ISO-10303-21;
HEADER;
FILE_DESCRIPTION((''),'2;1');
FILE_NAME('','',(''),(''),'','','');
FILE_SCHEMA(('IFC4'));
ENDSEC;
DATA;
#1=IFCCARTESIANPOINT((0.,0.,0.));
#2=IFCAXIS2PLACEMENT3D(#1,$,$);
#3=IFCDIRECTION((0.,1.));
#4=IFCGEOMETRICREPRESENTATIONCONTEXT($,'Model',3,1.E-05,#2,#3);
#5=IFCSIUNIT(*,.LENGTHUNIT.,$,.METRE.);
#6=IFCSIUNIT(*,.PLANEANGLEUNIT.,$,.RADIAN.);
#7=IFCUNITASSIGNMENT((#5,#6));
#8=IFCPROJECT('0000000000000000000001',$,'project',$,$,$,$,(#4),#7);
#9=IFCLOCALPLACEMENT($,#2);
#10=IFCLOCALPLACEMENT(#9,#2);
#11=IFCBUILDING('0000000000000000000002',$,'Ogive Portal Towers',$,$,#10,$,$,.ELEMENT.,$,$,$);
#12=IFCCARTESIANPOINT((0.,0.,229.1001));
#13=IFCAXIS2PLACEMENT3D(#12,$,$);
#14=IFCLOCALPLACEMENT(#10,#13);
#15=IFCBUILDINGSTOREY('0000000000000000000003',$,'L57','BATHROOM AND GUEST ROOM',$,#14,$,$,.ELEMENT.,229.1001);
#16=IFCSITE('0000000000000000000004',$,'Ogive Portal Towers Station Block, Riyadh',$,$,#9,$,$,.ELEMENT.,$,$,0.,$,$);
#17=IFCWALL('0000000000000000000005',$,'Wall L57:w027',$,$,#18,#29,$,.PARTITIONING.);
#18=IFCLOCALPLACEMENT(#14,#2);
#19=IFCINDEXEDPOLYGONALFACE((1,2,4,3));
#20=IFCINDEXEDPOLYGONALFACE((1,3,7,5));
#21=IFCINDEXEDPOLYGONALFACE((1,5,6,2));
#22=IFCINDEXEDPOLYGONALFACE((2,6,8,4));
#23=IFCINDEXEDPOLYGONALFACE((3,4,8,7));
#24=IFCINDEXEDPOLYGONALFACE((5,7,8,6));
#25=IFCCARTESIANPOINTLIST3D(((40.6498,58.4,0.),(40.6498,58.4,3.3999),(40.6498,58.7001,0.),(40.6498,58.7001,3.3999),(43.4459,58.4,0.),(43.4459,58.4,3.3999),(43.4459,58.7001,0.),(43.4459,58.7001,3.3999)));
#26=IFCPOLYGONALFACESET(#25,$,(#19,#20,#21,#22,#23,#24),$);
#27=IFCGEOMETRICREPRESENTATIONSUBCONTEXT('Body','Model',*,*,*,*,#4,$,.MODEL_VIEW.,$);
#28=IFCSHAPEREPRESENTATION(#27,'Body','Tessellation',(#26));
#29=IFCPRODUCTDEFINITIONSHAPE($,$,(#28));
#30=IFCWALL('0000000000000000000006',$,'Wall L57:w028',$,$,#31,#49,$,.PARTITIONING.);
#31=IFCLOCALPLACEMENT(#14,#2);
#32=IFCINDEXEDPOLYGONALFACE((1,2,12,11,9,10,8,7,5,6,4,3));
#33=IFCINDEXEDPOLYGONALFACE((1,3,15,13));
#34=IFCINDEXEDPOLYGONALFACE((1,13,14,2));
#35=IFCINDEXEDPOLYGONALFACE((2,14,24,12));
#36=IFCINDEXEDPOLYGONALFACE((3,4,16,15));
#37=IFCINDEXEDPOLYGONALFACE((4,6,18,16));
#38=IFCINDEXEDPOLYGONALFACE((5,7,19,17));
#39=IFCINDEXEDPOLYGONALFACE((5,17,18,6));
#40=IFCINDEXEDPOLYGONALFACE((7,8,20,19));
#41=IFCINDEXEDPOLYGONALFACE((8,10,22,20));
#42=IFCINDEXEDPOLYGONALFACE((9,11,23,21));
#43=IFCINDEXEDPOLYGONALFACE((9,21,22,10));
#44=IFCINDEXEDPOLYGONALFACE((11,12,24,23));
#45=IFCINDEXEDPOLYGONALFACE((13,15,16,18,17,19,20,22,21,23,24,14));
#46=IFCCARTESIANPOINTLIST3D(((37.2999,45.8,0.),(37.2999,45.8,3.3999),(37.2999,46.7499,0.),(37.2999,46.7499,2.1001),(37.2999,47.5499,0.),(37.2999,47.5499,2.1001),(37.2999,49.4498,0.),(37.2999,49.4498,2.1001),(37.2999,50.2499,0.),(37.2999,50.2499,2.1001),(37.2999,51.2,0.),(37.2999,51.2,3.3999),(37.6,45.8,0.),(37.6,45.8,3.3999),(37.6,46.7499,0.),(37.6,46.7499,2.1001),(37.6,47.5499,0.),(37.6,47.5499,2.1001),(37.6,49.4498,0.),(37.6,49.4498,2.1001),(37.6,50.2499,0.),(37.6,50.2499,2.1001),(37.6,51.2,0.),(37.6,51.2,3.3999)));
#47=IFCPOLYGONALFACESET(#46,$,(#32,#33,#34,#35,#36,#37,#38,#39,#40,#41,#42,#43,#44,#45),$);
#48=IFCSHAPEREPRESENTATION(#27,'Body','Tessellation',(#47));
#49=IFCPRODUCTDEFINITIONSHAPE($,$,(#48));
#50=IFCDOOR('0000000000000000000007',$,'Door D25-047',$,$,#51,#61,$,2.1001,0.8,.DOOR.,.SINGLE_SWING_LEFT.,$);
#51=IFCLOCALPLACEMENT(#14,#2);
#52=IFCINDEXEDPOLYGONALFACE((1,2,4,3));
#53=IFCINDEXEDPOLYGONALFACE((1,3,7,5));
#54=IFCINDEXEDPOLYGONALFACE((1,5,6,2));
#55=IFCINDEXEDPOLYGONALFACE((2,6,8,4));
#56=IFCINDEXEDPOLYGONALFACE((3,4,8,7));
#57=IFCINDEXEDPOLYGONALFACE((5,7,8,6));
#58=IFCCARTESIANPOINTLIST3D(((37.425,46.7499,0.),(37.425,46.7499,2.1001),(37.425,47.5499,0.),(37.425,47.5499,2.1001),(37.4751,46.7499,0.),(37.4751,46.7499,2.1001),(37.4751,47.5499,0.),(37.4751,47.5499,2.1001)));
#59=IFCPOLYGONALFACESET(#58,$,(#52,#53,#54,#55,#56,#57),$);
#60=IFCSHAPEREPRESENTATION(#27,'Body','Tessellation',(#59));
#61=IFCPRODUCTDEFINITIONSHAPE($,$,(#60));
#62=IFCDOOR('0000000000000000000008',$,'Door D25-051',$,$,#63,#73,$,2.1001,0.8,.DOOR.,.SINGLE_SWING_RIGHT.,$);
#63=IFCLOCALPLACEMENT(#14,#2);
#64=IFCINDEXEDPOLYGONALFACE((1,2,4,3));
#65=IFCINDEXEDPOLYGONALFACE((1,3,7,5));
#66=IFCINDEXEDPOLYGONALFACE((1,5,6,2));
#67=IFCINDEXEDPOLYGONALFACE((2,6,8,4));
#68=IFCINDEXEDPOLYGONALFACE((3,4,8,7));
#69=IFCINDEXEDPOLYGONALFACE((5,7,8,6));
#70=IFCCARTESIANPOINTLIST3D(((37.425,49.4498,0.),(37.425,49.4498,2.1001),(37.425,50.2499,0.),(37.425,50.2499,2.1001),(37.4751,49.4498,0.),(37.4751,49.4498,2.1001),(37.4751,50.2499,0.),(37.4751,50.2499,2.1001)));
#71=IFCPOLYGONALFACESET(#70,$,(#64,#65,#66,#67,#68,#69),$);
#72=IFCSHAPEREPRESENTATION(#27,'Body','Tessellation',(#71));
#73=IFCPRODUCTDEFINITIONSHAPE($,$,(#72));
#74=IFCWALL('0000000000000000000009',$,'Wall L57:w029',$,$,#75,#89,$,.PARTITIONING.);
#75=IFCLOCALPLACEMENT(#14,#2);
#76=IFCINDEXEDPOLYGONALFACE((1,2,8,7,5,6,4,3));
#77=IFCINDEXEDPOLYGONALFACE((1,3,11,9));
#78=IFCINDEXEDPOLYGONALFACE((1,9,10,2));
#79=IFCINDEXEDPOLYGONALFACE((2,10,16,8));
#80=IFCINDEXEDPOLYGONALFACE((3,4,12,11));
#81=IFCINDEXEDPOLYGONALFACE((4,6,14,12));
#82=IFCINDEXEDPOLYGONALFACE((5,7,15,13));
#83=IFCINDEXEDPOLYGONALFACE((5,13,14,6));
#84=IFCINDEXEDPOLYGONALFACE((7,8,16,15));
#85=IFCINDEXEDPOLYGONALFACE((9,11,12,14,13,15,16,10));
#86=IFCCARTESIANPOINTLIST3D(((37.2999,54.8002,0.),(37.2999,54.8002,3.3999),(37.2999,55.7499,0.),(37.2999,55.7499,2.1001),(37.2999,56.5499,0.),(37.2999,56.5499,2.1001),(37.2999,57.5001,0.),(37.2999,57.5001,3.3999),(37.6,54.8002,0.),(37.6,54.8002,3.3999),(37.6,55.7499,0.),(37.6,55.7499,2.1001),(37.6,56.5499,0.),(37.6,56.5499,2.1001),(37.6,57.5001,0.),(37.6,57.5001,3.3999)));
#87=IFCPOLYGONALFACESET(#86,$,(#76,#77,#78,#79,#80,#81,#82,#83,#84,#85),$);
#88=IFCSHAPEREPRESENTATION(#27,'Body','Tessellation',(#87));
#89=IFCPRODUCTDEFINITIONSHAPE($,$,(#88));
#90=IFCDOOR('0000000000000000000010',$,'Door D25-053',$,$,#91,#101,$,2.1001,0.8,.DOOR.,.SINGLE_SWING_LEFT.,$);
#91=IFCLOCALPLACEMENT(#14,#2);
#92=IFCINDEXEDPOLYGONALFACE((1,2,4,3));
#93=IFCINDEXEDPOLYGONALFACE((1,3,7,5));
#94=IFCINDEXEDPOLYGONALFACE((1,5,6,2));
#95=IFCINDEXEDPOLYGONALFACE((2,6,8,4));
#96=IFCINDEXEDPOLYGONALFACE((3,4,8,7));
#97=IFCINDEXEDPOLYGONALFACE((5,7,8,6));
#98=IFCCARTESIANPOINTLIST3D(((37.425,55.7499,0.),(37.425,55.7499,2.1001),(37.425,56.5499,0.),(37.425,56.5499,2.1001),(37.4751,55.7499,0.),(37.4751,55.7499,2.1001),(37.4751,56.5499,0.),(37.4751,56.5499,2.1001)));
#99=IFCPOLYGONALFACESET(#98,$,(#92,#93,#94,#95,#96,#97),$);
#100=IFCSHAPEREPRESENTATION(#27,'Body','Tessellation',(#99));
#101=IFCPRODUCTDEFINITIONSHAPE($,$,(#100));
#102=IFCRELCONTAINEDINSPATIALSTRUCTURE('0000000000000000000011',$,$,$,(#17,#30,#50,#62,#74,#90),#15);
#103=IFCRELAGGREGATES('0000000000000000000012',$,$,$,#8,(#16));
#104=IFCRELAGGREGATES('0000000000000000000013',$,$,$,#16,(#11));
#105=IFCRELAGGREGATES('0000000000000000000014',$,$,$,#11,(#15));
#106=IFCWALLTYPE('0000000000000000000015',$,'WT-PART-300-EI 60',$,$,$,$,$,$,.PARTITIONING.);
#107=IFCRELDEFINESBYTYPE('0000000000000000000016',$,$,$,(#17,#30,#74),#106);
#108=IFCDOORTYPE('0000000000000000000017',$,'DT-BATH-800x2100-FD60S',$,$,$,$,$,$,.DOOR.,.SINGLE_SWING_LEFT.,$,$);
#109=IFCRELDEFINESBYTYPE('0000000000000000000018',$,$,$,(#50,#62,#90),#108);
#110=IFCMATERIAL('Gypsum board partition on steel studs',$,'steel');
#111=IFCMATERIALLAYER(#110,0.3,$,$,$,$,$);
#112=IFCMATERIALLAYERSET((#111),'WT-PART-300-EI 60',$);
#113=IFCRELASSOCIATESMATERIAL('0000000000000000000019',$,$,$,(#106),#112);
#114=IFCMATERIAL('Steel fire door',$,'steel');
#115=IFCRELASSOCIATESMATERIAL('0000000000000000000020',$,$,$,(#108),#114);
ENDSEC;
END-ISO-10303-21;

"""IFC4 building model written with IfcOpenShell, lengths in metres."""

from ifc_helpers import new_model, si_unit, direction, frame, frame_2d, origin, place, context, subcontext, project, spatial, rectangle, extrude, material, layer, layer_set, type_object, element, fill, save


model = new_model("IFC4")

# Units and contexts
model_context = context("Model", 3, precision=1e-05, world=origin(), true_north=direction((0.0, 1.0)))
body_context = subcontext(model_context, "Body", "Model", "MODEL_VIEW")
ifc_project = project(units=[si_unit("LENGTHUNIT", "METRE"), si_unit("PLANEANGLEUNIT", "RADIAN")], contexts=[model_context])

# Site, building, storey
site_placement = place(None, origin())
site = spatial("IfcSite", under=ifc_project, at=site_placement, Name="Ogive Portal Towers Station Block, Riyadh", CompositionType="ELEMENT", RefElevation=0.0)
building_placement = place(site_placement, origin())
building = spatial("IfcBuilding", under=site, at=building_placement, Name="Ogive Portal Towers", CompositionType="ELEMENT")
storey_placement = place(building_placement, frame((0.0, 0.0, 229.1001)))
storey = spatial("IfcBuildingStorey", under=building, at=storey_placement, Name="L57", Description="BATHROOM AND GUEST ROOM", CompositionType="ELEMENT", Elevation=229.1001)

# Wall
ifc_material_1 = material(Name="Gypsum board partition on steel studs", Category="steel")
ifc_layer_1 = layer(ifc_material_1, 0.3)
ifc_layer_set_1 = layer_set([ifc_layer_1], Name="WT-PART-300-EI 60")
wall_type_1 = type_object("IfcWallType", Name="WT-PART-300-EI 60", PredefinedType="PARTITIONING", material=ifc_layer_set_1)
wall_1_placement = place(storey_placement, frame((40.6499, 58.55, 0.0), z_axis=(0.0, 0.0, 1.0), x_axis=(1.0, 0.0, 0.0)))
element("IfcWall", 1, at=wall_1_placement, inside=storey, type_object=wall_type_1, Name="Wall L57:w027", PredefinedType="PARTITIONING", context=body_context, shape_type="SweptSolid", body=[
    extrude(rectangle(XDim=2.7961, YDim=0.3, at=frame_2d((1.3979, 0.0))), origin(), (0.0, 0.0, 1.0), 3.3999),
])

# Wall, openings, doors
wall_2_placement = place(storey_placement, frame((37.45, 45.8, 0.0), z_axis=(0.0, 0.0, 1.0), x_axis=(0.0, 1.0, 0.0)))
wall_2 = element("IfcWall", 2, at=wall_2_placement, inside=storey, type_object=wall_type_1, Name="Wall L57:w028", PredefinedType="PARTITIONING", context=body_context, shape_type="SweptSolid", body=[
    extrude(rectangle(XDim=5.3999, YDim=0.3, at=frame_2d((2.7, 0.0))), origin(), (0.0, 0.0, 1.0), 3.3999),
])
opening_1_placement = place(wall_2_placement, frame((0.95, 0.0, 0.0)))
opening_1 = element("IfcOpeningElement", 3, at=opening_1_placement, cuts=wall_2, PredefinedType="OPENING", context=body_context, shape_type="SweptSolid", body=[
    extrude(rectangle(XDim=0.8, YDim=2.1001, at=frame_2d((0.3999, 1.05))), frame((0.0, 0.1602, 0.0), z_axis=(0.0, -1.0, 0.0), x_axis=(1.0, 0.0, 0.0)), (0.0, 0.0, 1.0), 0.3201),
])
opening_2_placement = place(wall_2_placement, frame((3.6499, 0.0, 0.0)))
opening_2 = element("IfcOpeningElement", 4, at=opening_2_placement, cuts=wall_2, PredefinedType="OPENING", context=body_context, shape_type="SweptSolid", body=[
    extrude(rectangle(XDim=0.8, YDim=2.1001, at=frame_2d((0.3999, 1.05))), frame((0.0, 0.1602, 0.0), z_axis=(0.0, -1.0, 0.0), x_axis=(1.0, 0.0, 0.0)), (0.0, 0.0, 1.0), 0.3201),
])
ifc_material_2 = material(Name="Steel fire door", Category="steel")
door_type = type_object("IfcDoorType", Name="DT-BATH-800x2100-FD60S", OperationType="SINGLE_SWING_LEFT", PredefinedType="DOOR", material=ifc_material_2)
door_1_placement = place(opening_1_placement, origin())
door_1 = element("IfcDoor", 5, at=door_1_placement, inside=storey, type_object=door_type, Name="Door D25-047", OperationType="SINGLE_SWING_LEFT", OverallHeight=2.1001, OverallWidth=0.8, PredefinedType="DOOR", context=body_context, shape_type="SweptSolid", body=[
    extrude(rectangle(XDim=0.8, YDim=2.1001, at=frame_2d((0.3999, 1.05))), frame((0.0, 0.0249, 0.0), z_axis=(0.0, -1.0, 0.0), x_axis=(1.0, 0.0, 0.0)), (0.0, 0.0, 1.0), 0.05),
])
fill(opening_1, door_1)
door_2_placement = place(opening_2_placement, origin())
door_2 = element("IfcDoor", 6, at=door_2_placement, inside=storey, type_object=door_type, Name="Door D25-051", OperationType="SINGLE_SWING_RIGHT", OverallHeight=2.1001, OverallWidth=0.8, PredefinedType="DOOR", context=body_context, shape_type="SweptSolid", body=[
    extrude(rectangle(XDim=0.8, YDim=2.1001, at=frame_2d((0.3999, 1.05))), frame((0.0, 0.0249, 0.0), z_axis=(0.0, -1.0, 0.0), x_axis=(1.0, 0.0, 0.0)), (0.0, 0.0, 1.0), 0.05),
])
fill(opening_2, door_2)

# Wall, opening, door
wall_3_placement = place(storey_placement, frame((37.45, 54.8, 0.0), z_axis=(0.0, 0.0, 1.0), x_axis=(0.0, 1.0, 0.0)))
wall_3 = element("IfcWall", 7, at=wall_3_placement, inside=storey, type_object=wall_type_1, Name="Wall L57:w029", PredefinedType="PARTITIONING", context=body_context, shape_type="SweptSolid", body=[
    extrude(rectangle(XDim=2.7, YDim=0.3, at=frame_2d((1.3501, 0.0))), origin(), (0.0, 0.0, 1.0), 3.3999),
])
opening_3_placement = place(wall_3_placement, frame((0.95, 0.0, 0.0)))
opening_3 = element("IfcOpeningElement", 8, at=opening_3_placement, cuts=wall_3, PredefinedType="OPENING", context=body_context, shape_type="SweptSolid", body=[
    extrude(rectangle(XDim=0.8, YDim=2.1001, at=frame_2d((0.3999, 1.05))), frame((0.0, 0.1602, 0.0), z_axis=(0.0, -1.0, 0.0), x_axis=(1.0, 0.0, 0.0)), (0.0, 0.0, 1.0), 0.3201),
])
door_3_placement = place(opening_3_placement, origin())
door_3 = element("IfcDoor", 9, at=door_3_placement, inside=storey, type_object=door_type, Name="Door D25-053", OperationType="SINGLE_SWING_LEFT", OverallHeight=2.1001, OverallWidth=0.8, PredefinedType="DOOR", context=body_context, shape_type="SweptSolid", body=[
    extrude(rectangle(XDim=0.8, YDim=2.1001, at=frame_2d((0.3999, 1.05))), frame((0.0, 0.0249, 0.0), z_axis=(0.0, -1.0, 0.0), x_axis=(1.0, 0.0, 0.0)), (0.0, 0.0, 1.0), 0.05),
])
fill(opening_3, door_3)

save(model, "model.ifc")
